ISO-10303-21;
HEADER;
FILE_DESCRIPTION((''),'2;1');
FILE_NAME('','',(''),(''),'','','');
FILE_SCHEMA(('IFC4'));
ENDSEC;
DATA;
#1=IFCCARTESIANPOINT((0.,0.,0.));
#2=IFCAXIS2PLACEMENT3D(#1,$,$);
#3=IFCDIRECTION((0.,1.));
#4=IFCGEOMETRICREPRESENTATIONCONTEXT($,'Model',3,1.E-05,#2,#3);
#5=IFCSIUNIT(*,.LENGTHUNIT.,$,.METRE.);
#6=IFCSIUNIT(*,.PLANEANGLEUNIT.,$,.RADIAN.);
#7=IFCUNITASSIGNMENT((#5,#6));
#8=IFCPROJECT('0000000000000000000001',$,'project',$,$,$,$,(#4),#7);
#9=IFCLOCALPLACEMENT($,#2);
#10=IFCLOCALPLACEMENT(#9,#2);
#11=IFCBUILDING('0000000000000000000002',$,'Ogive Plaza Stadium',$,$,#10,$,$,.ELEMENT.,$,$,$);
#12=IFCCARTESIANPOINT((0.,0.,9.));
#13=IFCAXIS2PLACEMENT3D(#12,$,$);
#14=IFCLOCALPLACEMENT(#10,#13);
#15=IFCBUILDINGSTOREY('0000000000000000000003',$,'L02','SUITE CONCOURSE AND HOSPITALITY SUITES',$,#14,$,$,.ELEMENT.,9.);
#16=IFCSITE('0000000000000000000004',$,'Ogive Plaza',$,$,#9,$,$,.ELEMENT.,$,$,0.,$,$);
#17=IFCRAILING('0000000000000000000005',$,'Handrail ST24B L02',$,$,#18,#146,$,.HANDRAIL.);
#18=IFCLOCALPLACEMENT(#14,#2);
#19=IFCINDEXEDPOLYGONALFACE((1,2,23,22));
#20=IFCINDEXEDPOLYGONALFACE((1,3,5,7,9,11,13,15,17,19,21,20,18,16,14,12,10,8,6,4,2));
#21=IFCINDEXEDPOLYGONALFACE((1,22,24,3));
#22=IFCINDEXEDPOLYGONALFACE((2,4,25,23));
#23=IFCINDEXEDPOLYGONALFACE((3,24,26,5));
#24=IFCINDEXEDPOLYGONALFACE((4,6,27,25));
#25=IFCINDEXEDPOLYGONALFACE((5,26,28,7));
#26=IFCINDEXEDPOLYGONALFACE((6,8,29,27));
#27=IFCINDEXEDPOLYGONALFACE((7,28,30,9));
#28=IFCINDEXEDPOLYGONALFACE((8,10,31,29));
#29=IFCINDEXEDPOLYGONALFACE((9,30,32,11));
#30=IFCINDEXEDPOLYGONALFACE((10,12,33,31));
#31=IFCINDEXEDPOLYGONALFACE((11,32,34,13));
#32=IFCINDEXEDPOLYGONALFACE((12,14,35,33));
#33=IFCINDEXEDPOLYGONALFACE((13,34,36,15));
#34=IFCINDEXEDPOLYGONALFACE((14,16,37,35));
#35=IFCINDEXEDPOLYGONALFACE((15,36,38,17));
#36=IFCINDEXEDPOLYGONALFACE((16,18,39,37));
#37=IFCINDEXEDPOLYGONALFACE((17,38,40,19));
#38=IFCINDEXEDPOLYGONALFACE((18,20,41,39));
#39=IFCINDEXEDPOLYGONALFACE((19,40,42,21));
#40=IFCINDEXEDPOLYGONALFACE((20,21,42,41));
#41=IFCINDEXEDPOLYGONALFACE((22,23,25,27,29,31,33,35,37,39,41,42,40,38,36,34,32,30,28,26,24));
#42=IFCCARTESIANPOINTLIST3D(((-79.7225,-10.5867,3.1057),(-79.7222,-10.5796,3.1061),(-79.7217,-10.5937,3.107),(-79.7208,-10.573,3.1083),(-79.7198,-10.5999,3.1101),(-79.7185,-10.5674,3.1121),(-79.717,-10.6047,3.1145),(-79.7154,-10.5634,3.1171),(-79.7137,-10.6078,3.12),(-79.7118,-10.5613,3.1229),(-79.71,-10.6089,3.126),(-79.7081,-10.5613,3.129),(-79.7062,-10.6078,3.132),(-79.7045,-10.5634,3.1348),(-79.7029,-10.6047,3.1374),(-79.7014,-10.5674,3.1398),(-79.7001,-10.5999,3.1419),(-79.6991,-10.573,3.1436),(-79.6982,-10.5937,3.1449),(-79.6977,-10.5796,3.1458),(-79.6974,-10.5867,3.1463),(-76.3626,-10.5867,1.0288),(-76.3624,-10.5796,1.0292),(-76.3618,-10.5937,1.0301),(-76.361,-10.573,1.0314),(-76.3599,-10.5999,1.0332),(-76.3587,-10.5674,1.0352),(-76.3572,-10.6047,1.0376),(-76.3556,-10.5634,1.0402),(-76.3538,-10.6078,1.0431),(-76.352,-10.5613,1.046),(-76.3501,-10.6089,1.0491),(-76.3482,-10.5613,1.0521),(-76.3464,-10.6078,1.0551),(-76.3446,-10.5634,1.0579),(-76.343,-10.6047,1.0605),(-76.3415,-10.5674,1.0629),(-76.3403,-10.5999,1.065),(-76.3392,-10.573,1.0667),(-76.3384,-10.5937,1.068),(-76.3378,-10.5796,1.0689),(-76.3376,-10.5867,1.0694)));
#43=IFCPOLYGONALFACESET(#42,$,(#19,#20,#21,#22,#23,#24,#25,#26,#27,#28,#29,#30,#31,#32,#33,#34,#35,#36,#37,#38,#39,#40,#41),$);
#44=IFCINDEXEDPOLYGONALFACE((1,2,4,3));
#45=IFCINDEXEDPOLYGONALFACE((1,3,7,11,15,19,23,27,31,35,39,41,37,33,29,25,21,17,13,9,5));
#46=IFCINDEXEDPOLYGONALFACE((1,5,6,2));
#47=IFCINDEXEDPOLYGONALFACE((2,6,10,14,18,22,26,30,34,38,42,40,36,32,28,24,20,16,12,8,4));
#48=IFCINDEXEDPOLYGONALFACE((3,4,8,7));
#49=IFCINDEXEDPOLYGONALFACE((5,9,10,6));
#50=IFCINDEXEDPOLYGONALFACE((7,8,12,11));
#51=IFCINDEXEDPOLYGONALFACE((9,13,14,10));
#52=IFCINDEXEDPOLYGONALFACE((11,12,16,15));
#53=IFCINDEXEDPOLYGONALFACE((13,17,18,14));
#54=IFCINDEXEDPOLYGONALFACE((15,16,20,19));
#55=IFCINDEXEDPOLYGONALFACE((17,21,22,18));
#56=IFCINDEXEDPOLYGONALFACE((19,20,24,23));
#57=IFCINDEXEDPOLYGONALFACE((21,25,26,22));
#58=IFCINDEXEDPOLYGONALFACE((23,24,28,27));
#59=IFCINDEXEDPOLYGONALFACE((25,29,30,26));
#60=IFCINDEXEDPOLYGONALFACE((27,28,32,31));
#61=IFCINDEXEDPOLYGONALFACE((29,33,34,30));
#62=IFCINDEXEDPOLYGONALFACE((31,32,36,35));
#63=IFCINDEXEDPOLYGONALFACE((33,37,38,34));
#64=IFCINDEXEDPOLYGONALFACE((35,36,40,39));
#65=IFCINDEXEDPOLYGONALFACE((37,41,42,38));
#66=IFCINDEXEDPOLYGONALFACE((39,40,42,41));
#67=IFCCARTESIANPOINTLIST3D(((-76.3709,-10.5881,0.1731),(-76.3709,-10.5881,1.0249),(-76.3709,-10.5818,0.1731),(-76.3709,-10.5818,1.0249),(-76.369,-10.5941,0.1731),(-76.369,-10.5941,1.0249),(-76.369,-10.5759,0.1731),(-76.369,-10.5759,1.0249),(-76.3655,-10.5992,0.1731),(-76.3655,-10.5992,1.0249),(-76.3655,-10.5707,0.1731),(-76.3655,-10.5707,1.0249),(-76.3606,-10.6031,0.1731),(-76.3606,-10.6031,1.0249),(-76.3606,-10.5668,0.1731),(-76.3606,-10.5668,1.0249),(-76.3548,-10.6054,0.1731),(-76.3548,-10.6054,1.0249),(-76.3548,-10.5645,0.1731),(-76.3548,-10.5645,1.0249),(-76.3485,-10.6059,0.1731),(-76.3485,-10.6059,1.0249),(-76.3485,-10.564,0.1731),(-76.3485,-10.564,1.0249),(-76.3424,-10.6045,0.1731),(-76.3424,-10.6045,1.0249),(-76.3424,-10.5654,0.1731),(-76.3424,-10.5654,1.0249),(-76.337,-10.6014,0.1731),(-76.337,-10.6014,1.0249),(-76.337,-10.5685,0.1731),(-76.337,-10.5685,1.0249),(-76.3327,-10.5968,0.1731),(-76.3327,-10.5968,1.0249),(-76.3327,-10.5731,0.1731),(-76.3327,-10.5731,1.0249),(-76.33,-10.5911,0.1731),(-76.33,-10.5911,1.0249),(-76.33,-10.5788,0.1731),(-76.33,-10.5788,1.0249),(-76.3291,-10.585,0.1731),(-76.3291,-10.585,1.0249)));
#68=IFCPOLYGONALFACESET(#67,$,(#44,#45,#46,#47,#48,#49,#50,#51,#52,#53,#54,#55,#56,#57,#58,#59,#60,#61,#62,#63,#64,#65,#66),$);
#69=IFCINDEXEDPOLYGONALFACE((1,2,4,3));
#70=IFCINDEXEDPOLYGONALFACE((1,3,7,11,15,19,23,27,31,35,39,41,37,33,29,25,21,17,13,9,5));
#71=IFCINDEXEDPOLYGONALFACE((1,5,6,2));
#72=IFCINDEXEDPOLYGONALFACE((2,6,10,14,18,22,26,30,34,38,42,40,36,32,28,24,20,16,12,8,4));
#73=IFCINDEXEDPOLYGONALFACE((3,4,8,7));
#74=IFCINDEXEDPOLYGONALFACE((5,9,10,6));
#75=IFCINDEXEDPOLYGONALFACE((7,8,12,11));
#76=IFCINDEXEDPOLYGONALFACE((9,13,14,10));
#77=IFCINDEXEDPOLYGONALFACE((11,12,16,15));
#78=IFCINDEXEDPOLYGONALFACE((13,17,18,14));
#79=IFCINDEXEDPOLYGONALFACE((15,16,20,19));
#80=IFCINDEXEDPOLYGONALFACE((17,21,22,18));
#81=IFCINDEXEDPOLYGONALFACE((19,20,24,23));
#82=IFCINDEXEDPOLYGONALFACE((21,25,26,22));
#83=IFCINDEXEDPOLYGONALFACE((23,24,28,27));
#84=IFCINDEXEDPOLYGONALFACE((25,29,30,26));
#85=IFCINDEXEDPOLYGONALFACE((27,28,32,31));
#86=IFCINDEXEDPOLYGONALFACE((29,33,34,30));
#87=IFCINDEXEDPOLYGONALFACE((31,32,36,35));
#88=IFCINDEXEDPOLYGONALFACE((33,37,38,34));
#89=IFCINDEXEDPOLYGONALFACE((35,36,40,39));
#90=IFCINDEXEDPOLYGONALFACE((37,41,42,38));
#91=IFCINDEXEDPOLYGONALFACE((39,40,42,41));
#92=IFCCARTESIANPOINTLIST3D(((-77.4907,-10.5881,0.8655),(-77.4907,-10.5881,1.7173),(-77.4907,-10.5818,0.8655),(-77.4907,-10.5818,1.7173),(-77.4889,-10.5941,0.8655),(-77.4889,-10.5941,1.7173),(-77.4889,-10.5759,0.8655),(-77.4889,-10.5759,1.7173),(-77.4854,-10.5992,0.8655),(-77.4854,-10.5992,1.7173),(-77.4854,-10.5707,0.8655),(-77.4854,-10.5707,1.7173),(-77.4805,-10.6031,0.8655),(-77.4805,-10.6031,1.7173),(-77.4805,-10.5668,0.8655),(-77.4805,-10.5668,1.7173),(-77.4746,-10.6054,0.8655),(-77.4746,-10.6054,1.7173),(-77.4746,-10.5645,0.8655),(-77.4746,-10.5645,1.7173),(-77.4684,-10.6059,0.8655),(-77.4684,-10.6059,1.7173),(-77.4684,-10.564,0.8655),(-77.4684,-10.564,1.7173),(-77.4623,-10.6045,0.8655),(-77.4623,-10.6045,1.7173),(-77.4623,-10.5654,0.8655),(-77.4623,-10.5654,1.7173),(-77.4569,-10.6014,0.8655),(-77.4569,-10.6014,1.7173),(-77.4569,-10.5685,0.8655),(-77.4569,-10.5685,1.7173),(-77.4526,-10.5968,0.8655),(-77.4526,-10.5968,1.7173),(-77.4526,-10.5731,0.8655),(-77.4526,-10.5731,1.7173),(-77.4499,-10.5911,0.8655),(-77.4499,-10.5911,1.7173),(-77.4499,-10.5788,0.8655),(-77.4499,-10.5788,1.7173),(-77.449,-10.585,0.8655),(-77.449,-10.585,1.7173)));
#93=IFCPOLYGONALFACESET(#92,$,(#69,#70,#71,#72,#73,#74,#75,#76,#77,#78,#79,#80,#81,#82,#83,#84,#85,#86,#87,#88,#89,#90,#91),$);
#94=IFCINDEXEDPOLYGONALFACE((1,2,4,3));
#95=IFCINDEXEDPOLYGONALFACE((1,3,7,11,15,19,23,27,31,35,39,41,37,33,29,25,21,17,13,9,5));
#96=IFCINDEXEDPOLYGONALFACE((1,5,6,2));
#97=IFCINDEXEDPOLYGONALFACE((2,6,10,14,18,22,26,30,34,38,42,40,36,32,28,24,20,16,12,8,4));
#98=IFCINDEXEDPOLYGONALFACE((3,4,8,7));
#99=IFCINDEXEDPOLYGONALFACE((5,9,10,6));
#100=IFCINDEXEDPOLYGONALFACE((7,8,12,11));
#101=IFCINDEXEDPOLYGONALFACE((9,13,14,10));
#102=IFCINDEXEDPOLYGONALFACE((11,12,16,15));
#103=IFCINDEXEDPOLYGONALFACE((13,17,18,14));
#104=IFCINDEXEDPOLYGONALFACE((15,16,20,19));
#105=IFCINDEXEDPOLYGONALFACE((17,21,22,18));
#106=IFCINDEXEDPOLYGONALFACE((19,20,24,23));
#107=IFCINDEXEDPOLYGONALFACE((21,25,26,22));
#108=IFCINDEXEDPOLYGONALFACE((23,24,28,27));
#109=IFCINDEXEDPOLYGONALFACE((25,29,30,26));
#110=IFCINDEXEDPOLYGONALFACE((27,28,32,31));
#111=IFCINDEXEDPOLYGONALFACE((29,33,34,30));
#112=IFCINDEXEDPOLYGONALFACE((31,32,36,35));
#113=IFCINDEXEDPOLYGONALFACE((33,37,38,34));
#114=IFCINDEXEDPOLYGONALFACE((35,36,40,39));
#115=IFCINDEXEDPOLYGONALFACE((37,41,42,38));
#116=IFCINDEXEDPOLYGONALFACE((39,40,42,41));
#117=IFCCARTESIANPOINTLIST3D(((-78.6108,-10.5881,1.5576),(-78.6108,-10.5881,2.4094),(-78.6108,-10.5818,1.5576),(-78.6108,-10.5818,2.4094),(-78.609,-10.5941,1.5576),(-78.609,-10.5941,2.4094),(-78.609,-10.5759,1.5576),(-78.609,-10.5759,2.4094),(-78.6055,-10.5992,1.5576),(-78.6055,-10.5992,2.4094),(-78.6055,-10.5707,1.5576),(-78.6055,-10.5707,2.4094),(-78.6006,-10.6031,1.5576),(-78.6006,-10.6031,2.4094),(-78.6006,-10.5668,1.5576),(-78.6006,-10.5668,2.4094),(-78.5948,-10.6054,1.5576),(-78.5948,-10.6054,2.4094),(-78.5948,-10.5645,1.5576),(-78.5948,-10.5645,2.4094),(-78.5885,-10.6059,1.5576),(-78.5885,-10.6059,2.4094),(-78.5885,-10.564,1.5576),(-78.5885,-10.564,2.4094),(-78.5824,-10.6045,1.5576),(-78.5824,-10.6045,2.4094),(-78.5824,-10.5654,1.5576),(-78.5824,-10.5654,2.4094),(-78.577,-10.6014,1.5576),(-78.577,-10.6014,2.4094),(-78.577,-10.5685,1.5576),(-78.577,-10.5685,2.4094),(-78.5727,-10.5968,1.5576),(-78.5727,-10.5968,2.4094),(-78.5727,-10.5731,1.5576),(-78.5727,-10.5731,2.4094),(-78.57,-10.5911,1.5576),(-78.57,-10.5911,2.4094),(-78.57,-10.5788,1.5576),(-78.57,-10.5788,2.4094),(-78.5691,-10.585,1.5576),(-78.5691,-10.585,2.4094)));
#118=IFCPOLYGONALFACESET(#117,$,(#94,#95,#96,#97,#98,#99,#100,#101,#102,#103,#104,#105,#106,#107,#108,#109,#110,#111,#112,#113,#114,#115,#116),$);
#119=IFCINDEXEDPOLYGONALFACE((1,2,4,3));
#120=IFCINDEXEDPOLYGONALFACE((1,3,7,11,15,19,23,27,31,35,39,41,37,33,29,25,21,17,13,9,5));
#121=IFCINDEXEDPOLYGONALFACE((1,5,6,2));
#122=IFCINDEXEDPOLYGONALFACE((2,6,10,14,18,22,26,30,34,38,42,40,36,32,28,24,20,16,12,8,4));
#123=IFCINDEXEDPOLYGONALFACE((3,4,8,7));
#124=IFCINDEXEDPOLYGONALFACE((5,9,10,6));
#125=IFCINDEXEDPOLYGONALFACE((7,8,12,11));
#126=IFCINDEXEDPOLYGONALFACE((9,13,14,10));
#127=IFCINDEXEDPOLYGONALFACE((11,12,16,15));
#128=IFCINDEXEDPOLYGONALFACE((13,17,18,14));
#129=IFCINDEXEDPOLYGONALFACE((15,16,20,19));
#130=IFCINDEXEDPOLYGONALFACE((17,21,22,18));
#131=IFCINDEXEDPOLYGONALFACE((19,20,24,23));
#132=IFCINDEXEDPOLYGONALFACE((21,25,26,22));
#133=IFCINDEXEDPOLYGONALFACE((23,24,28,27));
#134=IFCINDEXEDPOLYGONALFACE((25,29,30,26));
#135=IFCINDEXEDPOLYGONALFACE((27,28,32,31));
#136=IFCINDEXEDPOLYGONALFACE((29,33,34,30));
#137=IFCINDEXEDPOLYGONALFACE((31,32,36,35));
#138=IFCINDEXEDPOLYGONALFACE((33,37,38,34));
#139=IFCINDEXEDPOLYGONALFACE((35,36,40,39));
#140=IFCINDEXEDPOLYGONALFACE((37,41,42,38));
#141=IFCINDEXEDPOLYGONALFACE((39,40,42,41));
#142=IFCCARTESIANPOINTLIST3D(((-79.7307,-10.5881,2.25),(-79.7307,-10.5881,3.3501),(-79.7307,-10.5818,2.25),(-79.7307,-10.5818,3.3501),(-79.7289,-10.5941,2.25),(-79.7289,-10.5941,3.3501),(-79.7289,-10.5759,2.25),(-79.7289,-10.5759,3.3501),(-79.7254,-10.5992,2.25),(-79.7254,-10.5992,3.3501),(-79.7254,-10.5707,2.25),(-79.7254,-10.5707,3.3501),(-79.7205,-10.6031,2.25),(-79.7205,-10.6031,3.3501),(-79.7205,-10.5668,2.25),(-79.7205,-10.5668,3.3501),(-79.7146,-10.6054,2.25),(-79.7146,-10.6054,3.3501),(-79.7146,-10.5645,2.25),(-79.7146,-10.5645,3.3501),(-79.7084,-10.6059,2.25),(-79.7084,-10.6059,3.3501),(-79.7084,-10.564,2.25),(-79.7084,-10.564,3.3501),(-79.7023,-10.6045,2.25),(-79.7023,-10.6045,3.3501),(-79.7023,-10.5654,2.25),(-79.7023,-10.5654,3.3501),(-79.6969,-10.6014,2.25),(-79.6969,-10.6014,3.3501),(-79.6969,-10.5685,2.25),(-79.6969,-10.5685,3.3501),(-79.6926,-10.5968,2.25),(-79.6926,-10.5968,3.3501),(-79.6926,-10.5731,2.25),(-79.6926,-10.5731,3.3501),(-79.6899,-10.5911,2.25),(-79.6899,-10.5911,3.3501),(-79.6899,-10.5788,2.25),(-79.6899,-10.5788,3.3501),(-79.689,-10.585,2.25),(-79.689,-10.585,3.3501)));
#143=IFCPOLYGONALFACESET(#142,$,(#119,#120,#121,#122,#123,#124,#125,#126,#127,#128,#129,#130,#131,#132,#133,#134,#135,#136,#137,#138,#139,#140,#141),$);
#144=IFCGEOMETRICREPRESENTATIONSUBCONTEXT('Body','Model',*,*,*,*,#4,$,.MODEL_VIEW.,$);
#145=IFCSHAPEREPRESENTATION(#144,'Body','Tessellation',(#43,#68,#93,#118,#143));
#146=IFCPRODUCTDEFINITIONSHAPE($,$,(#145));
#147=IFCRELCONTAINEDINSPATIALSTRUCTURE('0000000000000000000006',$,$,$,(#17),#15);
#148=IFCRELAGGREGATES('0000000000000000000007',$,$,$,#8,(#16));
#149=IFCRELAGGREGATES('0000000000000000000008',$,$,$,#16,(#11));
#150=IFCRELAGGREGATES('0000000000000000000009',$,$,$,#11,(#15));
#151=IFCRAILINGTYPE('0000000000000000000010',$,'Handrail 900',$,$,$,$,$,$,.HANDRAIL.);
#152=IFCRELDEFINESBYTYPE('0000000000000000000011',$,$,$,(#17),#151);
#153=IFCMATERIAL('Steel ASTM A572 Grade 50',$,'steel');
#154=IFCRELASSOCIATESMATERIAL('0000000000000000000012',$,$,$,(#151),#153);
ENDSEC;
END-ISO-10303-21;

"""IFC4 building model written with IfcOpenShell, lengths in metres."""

from ifc_helpers import new_model, si_unit, direction, frame, origin, origin_2d, place, context, subcontext, project, spatial, circle, extrude, material, type_object, element, save


model = new_model("IFC4")

# Units and contexts
model_context = context("Model", 3, precision=1e-05, world=origin(), true_north=direction((0.0, 1.0)))
body_context = subcontext(model_context, "Body", "Model", "MODEL_VIEW")
ifc_project = project(units=[si_unit("LENGTHUNIT", "METRE"), si_unit("PLANEANGLEUNIT", "RADIAN")], contexts=[model_context])

# Site, building, storey
site_placement = place(None, origin())
site = spatial("IfcSite", under=ifc_project, at=site_placement, Name="Ogive Plaza", CompositionType="ELEMENT", RefElevation=0.0)
building_placement = place(site_placement, origin())
building = spatial("IfcBuilding", under=site, at=building_placement, Name="Ogive Plaza Stadium", CompositionType="ELEMENT")
storey_placement = place(building_placement, frame((0.0, 0.0, 9.0)))
storey = spatial("IfcBuildingStorey", under=building, at=storey_placement, Name="L02", Description="SUITE CONCOURSE AND HOSPITALITY SUITES", CompositionType="ELEMENT", Elevation=9.0)

# Railing
ifc_material_1 = material(Name="Steel ASTM A572 Grade 50", Category="steel")
railing_type_1 = type_object("IfcRailingType", Name="Handrail 900", PredefinedType="HANDRAIL", material=ifc_material_1)
for number, where, name in (
    (1, (-76.3501, -10.585, 0.1731), "Handrail ST24B L02"),
):
    element("IfcRailing", number, at=place(storey_placement, frame(where)), inside=storey, type_object=railing_type_1, Name=name, PredefinedType="HANDRAIL", context=body_context, shape_type="SweptSolid", body=[
        extrude(circle(Radius=0.0239, at=origin_2d()), frame((0.0, 0.0, 0.876), z_axis=(-0.850606, 0.0, 0.525803), x_axis=(0.0, -1.0, 0.0)), (0.0, 0.0, 1.0), 3.95),
        extrude(circle(Radius=0.021, at=origin_2d()), origin(), (0.0, 0.0, 1.0), 0.8518),
        extrude(circle(Radius=0.021, at=origin_2d()), frame((-1.1199, 0.0, 0.6924)), (0.0, 0.0, 1.0), 0.8518),
        extrude(circle(Radius=0.021, at=origin_2d()), frame((-2.24, 0.0, 1.3845)), (0.0, 0.0, 1.0), 0.8518),
        extrude(circle(Radius=0.021, at=origin_2d()), frame((-3.3599, 0.0, 2.0769)), (0.0, 0.0, 1.0), 1.1001),
    ])

save(model, "model.ifc")
